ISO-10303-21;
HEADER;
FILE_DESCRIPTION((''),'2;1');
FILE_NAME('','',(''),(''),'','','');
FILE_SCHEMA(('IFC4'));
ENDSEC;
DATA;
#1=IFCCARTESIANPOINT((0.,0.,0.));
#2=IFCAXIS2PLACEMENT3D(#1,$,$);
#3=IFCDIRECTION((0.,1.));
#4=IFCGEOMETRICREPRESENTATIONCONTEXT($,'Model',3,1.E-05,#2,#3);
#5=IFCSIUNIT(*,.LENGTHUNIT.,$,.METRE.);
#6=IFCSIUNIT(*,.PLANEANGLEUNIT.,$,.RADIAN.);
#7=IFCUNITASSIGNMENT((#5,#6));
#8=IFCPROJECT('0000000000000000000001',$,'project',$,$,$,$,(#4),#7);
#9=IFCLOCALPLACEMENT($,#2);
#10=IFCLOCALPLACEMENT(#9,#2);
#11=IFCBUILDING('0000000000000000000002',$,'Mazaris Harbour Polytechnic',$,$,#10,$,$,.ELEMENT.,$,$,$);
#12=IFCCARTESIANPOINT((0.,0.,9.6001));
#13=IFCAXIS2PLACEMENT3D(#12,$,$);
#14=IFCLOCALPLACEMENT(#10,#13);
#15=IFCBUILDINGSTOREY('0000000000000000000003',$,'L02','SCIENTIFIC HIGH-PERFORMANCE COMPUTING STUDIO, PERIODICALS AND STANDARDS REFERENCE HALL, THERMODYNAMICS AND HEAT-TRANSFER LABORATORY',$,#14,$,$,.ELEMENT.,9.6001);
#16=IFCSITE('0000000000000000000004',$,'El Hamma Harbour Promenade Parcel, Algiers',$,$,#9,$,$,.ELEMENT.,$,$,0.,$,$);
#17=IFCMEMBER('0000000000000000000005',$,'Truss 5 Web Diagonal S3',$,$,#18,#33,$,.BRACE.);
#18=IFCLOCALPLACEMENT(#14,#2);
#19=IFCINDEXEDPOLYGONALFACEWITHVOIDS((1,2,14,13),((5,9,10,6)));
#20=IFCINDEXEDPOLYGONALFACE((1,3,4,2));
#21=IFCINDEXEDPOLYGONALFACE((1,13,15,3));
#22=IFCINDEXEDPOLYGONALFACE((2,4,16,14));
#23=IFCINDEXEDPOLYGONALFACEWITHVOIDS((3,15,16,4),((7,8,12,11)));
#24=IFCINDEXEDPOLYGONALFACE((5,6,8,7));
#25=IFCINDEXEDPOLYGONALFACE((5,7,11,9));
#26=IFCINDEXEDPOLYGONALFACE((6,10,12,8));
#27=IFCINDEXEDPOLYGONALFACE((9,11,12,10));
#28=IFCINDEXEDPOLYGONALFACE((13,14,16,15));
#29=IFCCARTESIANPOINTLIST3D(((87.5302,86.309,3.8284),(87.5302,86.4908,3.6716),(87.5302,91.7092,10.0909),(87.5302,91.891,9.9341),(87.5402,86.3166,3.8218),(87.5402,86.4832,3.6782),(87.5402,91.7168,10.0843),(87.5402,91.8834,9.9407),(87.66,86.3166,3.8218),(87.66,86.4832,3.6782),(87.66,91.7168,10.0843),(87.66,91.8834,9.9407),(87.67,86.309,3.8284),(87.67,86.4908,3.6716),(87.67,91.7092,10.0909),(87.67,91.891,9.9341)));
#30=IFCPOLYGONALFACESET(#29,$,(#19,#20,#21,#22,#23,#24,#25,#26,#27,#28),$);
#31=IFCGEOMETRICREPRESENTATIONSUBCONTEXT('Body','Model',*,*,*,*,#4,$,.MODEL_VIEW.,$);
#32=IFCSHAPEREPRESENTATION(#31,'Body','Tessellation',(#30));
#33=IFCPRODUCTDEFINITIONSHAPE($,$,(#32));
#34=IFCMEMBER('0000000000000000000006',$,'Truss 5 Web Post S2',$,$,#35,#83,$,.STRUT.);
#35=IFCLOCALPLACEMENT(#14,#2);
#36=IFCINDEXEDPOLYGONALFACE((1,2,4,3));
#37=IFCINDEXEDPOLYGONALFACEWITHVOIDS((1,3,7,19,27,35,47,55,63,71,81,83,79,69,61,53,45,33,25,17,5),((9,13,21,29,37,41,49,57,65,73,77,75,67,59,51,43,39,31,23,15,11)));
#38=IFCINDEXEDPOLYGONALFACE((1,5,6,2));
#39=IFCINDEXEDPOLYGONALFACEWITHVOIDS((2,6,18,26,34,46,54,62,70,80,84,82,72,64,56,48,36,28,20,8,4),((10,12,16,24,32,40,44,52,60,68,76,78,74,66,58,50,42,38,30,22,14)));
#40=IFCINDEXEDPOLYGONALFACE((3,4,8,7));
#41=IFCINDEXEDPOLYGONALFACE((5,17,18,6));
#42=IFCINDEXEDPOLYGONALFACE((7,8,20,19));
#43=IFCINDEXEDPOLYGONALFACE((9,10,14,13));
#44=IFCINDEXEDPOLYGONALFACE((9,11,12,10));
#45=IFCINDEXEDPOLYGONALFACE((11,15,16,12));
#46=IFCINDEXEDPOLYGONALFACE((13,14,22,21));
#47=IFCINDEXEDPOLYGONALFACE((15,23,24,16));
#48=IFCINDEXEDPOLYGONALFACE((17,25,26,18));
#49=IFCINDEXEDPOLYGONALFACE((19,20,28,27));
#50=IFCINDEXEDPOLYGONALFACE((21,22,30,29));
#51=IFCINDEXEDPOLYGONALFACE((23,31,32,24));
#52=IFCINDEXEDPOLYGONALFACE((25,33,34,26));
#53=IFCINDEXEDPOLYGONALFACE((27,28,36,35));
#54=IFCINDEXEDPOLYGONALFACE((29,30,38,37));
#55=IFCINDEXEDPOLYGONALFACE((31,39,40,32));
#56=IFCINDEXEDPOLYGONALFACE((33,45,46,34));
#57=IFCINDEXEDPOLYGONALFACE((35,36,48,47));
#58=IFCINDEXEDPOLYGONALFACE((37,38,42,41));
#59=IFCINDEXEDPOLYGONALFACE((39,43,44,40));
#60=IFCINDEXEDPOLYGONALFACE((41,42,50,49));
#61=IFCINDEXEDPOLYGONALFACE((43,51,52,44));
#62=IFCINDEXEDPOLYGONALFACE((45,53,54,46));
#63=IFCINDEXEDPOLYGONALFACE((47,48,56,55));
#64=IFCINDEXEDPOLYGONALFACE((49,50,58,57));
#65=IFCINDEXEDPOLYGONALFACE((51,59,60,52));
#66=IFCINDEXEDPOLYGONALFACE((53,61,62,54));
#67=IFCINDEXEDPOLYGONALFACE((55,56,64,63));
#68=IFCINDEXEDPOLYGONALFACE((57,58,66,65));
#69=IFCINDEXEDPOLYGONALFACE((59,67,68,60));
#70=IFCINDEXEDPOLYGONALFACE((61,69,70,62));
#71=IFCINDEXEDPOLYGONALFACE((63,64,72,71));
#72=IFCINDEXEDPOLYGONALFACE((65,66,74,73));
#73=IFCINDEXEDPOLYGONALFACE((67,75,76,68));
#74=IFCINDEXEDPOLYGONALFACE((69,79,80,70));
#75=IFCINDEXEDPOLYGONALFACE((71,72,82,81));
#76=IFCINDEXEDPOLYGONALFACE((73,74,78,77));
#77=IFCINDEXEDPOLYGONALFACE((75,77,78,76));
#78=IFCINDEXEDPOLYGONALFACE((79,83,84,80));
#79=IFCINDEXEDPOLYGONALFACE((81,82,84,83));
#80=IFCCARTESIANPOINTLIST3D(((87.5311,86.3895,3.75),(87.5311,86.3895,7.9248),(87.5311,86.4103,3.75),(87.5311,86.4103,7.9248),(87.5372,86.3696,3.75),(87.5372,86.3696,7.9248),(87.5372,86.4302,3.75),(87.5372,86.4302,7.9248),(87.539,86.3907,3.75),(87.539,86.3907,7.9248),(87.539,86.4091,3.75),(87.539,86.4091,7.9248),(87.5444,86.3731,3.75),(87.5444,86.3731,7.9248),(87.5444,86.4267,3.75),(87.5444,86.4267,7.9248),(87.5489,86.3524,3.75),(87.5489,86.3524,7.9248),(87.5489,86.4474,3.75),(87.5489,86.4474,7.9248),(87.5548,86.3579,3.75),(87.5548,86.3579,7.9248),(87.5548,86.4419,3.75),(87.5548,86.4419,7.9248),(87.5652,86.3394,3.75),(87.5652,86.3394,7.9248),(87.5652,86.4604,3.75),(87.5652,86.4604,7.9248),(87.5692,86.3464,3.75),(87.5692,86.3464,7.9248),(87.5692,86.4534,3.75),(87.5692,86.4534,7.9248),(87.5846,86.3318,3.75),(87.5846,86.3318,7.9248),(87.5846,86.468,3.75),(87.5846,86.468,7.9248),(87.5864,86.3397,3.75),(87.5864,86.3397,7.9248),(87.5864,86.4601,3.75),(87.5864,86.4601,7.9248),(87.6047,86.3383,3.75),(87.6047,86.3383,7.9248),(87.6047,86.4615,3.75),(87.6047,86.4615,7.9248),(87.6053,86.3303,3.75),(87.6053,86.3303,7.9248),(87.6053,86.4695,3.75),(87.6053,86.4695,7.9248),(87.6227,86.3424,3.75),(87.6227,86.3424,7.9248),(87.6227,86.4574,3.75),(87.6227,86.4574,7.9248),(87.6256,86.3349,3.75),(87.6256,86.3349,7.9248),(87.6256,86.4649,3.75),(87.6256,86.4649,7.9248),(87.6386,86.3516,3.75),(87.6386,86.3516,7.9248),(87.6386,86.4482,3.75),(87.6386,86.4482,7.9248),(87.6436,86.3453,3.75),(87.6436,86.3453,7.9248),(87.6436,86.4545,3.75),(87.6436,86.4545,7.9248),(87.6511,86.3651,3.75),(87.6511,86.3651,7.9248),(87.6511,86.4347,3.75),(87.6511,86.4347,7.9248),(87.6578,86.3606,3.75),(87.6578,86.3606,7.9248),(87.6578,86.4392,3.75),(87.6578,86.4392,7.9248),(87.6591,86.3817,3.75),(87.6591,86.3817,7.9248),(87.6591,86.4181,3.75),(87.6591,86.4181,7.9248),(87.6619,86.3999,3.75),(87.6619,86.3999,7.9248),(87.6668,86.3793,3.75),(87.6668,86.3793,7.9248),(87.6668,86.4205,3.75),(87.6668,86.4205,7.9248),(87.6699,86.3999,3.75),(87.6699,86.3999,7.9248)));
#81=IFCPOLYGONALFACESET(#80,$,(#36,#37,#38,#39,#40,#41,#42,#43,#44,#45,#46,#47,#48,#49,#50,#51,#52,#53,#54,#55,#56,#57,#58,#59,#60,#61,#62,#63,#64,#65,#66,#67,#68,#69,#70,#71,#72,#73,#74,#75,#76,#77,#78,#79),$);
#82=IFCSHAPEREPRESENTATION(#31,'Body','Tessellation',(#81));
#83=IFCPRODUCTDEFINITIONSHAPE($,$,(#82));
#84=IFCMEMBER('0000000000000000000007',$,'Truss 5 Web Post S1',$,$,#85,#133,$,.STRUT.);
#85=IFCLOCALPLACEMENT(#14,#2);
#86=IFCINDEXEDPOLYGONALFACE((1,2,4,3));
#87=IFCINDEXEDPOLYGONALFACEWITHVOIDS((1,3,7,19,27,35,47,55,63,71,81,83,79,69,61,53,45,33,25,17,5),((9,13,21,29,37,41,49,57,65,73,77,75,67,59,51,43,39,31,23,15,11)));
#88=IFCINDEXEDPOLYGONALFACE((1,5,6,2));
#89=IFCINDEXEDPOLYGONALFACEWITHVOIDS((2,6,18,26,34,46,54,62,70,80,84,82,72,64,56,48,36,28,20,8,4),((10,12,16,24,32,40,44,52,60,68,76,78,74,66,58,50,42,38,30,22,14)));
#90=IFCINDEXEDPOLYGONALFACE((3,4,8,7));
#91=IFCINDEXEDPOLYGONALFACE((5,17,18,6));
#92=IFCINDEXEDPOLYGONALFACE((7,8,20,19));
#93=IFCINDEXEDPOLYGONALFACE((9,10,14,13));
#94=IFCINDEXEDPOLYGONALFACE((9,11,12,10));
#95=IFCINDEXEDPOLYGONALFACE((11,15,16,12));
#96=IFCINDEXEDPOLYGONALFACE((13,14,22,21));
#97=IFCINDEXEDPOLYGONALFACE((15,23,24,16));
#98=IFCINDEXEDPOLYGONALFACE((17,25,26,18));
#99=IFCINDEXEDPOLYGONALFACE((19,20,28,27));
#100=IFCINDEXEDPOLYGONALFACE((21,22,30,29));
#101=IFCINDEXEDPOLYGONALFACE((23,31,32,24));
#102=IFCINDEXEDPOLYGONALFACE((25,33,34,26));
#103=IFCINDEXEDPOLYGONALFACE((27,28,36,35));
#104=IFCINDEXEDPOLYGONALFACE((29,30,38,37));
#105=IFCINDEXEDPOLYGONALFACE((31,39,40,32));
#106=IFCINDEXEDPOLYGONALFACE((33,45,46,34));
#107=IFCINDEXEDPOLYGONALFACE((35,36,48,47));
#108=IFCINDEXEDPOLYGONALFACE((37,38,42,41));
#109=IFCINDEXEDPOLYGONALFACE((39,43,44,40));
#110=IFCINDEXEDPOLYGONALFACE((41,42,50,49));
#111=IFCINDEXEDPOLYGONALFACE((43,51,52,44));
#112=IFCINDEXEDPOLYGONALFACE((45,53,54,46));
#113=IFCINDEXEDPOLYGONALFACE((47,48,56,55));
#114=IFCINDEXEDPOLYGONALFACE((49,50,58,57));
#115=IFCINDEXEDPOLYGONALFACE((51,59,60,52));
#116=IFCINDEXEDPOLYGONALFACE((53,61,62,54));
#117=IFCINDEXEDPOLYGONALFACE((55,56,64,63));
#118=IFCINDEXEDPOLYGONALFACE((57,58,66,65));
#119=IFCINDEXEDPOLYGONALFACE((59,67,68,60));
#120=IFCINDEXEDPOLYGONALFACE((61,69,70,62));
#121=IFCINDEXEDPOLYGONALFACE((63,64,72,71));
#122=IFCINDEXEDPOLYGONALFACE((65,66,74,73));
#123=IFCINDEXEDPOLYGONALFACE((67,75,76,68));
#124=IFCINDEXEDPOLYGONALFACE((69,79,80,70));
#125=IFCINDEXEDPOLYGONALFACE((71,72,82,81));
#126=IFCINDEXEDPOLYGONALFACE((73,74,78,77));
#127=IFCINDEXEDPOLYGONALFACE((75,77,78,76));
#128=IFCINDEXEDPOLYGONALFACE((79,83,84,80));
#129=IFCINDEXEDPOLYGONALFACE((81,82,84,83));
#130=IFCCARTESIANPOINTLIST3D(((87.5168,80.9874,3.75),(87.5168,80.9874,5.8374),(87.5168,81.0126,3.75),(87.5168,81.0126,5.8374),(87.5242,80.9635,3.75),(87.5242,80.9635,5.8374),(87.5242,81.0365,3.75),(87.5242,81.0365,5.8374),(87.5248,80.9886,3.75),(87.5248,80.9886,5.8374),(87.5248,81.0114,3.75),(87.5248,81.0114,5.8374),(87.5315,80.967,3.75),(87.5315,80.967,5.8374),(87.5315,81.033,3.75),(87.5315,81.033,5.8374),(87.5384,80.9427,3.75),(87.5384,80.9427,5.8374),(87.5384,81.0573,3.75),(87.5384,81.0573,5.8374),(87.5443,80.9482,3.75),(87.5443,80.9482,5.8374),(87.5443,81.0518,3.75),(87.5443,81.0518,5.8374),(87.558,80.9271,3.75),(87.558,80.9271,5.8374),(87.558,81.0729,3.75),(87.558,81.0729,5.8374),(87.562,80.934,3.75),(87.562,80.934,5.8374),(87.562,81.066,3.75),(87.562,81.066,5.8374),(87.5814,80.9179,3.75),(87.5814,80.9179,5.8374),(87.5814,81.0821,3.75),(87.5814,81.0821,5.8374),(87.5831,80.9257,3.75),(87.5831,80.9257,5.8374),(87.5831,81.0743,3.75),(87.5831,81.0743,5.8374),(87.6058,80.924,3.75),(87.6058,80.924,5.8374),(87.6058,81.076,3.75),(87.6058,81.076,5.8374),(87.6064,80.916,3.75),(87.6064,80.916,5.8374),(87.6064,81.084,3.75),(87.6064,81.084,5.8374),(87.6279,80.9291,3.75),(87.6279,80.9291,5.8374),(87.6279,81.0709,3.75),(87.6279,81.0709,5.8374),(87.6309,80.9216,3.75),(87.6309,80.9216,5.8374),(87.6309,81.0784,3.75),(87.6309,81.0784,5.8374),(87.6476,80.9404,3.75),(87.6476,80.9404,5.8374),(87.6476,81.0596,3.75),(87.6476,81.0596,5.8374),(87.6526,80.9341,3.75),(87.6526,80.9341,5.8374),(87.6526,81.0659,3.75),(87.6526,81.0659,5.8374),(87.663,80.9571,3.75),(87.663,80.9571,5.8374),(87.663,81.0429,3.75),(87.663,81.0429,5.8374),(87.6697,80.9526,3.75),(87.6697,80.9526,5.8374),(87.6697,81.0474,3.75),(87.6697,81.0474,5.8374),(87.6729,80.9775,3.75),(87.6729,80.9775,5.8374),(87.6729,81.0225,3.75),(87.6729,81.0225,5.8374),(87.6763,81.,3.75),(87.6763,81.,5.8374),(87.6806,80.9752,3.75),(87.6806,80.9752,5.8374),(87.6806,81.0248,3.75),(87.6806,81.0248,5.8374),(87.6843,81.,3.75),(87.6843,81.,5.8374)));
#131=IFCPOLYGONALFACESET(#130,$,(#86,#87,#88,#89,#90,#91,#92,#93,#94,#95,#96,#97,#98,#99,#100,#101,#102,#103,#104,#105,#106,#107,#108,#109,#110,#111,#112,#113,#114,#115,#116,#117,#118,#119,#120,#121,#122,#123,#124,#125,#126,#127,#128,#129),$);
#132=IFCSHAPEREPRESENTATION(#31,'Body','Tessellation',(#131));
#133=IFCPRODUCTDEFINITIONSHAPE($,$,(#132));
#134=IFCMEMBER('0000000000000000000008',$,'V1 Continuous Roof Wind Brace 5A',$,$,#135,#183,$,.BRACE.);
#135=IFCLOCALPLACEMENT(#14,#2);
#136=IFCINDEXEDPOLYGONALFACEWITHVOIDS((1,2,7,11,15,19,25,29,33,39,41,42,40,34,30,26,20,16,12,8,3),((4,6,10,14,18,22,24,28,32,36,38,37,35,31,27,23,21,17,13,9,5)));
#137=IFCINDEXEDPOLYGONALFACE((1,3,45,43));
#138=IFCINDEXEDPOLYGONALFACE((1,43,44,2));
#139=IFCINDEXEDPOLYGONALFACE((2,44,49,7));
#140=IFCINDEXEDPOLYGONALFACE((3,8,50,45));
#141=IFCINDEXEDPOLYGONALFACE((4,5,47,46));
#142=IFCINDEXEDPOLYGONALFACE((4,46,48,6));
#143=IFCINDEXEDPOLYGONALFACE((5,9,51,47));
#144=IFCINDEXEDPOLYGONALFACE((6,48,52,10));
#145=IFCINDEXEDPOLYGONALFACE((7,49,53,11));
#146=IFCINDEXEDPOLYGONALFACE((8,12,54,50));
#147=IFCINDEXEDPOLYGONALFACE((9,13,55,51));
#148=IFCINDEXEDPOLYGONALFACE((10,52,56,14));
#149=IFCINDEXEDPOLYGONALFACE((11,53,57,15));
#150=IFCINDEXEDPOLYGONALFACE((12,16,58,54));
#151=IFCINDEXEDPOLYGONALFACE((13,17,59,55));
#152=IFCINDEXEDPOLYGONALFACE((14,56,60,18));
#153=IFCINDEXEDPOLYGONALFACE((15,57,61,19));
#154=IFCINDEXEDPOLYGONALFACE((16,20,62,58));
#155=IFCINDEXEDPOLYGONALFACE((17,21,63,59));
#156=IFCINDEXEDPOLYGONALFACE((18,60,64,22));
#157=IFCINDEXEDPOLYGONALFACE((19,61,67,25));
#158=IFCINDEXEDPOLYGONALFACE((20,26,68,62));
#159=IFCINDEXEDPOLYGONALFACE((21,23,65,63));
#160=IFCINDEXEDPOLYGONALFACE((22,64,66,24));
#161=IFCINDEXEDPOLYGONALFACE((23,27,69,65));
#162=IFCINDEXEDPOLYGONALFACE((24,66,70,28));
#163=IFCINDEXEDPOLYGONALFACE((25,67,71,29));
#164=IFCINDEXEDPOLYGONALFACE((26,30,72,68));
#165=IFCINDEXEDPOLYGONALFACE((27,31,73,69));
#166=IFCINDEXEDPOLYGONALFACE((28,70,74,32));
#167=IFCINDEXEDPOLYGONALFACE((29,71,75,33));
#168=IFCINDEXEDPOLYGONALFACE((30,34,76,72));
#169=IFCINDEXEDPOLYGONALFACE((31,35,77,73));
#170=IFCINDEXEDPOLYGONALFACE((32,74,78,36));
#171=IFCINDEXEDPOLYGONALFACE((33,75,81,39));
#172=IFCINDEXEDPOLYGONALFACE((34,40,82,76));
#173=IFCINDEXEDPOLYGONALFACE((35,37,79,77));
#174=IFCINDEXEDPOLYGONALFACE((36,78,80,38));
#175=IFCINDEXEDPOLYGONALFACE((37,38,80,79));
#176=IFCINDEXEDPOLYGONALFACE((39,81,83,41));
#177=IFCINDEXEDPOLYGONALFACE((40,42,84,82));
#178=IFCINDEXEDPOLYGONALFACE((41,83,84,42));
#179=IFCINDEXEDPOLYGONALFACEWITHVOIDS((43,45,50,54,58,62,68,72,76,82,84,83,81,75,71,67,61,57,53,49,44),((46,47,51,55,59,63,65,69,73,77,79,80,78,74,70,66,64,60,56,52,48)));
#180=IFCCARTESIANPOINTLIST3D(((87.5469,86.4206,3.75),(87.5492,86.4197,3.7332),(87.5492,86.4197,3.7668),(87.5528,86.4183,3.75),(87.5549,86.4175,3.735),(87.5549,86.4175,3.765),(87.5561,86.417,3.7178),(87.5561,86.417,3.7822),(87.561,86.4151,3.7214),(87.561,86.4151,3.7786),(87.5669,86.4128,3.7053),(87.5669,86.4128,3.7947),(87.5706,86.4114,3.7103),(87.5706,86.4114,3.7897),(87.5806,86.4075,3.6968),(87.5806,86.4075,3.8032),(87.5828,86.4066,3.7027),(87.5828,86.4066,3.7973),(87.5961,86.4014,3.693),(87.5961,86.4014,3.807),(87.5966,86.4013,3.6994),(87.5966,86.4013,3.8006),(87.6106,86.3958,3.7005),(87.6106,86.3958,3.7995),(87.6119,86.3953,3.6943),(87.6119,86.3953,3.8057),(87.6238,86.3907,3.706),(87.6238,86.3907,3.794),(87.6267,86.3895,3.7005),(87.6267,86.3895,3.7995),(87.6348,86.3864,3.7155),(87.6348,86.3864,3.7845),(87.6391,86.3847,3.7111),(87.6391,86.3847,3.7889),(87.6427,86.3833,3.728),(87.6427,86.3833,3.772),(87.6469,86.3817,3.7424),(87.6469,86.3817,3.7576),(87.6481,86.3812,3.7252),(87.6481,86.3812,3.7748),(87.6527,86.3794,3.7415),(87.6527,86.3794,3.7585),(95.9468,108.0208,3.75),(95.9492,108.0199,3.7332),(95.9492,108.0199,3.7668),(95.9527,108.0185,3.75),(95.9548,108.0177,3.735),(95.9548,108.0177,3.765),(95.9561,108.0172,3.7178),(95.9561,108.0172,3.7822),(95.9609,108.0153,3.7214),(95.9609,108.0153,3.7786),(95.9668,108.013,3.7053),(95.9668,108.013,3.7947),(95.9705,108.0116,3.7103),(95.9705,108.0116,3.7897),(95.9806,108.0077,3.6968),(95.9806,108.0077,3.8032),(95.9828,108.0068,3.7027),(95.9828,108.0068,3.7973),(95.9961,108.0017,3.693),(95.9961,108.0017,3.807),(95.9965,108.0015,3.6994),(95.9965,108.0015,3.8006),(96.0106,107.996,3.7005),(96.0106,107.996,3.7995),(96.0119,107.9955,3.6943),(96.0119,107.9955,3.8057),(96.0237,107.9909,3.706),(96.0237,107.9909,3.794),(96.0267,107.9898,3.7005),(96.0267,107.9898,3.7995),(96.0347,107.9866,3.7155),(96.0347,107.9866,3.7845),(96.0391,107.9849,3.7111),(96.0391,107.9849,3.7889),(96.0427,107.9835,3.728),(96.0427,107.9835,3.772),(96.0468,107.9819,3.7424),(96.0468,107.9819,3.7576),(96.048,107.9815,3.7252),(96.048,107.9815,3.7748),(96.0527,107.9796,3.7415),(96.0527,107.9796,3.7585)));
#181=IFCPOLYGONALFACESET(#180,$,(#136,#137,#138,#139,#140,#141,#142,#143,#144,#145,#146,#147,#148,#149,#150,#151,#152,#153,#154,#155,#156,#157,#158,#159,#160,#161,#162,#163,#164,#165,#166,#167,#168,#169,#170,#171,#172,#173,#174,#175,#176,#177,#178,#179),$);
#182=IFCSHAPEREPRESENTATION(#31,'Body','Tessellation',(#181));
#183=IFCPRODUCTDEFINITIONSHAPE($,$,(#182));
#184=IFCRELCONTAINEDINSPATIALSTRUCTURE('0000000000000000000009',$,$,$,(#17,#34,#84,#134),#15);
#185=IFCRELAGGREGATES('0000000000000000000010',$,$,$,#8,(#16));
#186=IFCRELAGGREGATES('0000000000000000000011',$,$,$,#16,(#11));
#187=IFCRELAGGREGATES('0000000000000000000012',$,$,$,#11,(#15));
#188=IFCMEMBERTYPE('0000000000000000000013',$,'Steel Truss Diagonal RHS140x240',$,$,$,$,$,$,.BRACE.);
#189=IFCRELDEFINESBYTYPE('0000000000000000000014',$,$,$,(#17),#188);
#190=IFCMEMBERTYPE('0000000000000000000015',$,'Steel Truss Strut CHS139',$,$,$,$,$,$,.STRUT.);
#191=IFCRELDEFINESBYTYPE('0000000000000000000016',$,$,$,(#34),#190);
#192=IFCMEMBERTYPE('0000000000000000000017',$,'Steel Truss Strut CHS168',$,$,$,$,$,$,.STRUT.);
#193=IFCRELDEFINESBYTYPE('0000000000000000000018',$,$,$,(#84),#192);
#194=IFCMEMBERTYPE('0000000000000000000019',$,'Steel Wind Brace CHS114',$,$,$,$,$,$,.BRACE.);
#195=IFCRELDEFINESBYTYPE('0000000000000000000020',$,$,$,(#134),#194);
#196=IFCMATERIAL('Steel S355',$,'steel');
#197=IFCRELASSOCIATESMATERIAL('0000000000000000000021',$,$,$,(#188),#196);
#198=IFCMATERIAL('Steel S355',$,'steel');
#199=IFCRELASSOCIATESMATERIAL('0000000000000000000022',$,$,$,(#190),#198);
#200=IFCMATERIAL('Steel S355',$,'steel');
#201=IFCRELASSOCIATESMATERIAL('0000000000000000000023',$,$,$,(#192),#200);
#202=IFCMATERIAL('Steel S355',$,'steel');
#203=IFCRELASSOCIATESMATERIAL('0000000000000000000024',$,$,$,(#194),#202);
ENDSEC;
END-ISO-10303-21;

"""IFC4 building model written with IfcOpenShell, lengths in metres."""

from ifc_helpers import new_model, si_unit, direction, frame, origin, origin_2d, place, context, subcontext, project, spatial, hollow_rectangle, hollow_circle, extrude, material, material_profile, profile_set, type_object, element, save


model = new_model("IFC4")

# Units and contexts
model_context = context("Model", 3, precision=1e-05, world=origin(), true_north=direction((0.0, 1.0)))
body_context = subcontext(model_context, "Body", "Model", "MODEL_VIEW")
ifc_project = project(units=[si_unit("LENGTHUNIT", "METRE"), si_unit("PLANEANGLEUNIT", "RADIAN")], contexts=[model_context])

# Site, building, storey
site_placement = place(None, origin())
site = spatial("IfcSite", under=ifc_project, at=site_placement, Name="El Hamma Harbour Promenade Parcel, Algiers", CompositionType="ELEMENT", RefElevation=0.0)
building_placement = place(site_placement, origin())
building = spatial("IfcBuilding", under=site, at=building_placement, Name="Mazaris Harbour Polytechnic", CompositionType="ELEMENT")
storey_placement = place(building_placement, frame((0.0, 0.0, 9.6001)))
storey = spatial("IfcBuildingStorey", under=building, at=storey_placement, Name="L02", Description="SCIENTIFIC HIGH-PERFORMANCE COMPUTING STUDIO, PERIODICALS AND STANDARDS REFERENCE HALL, THERMODYNAMICS AND HEAT-TRANSFER LABORATORY", CompositionType="ELEMENT", Elevation=9.6001)

# Members
ifc_material_1 = material(Name="Steel S355", Category="steel")
ifc_material_profile_1 = material_profile(ifc_material_1, hollow_rectangle(XDim=0.1399, YDim=0.24, WallThickness=0.01, at=origin_2d()), Name="RHS 140x240x10.0")
ifc_profile_set_1 = profile_set([ifc_material_profile_1], Name="Steel S355")
member_type_1 = type_object("IfcMemberType", Name="Steel Truss Diagonal RHS140x240", PredefinedType="BRACE", material=ifc_profile_set_1)
member_1_placement = place(storey_placement, frame((87.6001, 86.3999, 3.75), z_axis=(0.0, 0.653042, 0.757321), x_axis=(-1.0, 0.0, 0.0)))
element("IfcMember", 1, at=member_1_placement, inside=storey, type_object=member_type_1, Name="Truss 5 Web Diagonal S3", PredefinedType="BRACE", context=body_context, shape_type="SweptSolid", body=[
    extrude(hollow_rectangle(XDim=0.1399, YDim=0.24, WallThickness=0.01, at=origin_2d()), origin(), (0.0, 0.0, 1.0), 8.2693),
])
ifc_material_2 = material(Name="Steel S355", Category="steel")
ifc_material_profile_2 = material_profile(ifc_material_2, hollow_circle(Radius=0.0698, WallThickness=0.0081, at=origin_2d()), Name="CHS 139.7x8.0")
ifc_profile_set_2 = profile_set([ifc_material_profile_2], Name="Steel S355")
member_type_2 = type_object("IfcMemberType", Name="Steel Truss Strut CHS139", PredefinedType="STRUT", material=ifc_profile_set_2)
member_2_placement = place(storey_placement, frame((87.6001, 86.3999, 3.75), z_axis=(0.0, 0.0, 1.0), x_axis=(1.0, 0.0, 0.0)))
element("IfcMember", 2, at=member_2_placement, inside=storey, type_object=member_type_2, Name="Truss 5 Web Post S2", PredefinedType="STRUT", context=body_context, shape_type="SweptSolid", body=[
    extrude(hollow_circle(Radius=0.0698, WallThickness=0.0081, at=origin_2d()), origin(), (0.0, 0.0, 1.0), 4.1748),
])
ifc_material_3 = material(Name="Steel S355", Category="steel")
ifc_material_profile_3 = material_profile(ifc_material_3, hollow_circle(Radius=0.0842, WallThickness=0.0081, at=origin_2d()), Name="CHS 168.3x8.0")
ifc_profile_set_3 = profile_set([ifc_material_profile_3], Name="Steel S355")
member_type_3 = type_object("IfcMemberType", Name="Steel Truss Strut CHS168", PredefinedType="STRUT", material=ifc_profile_set_3)
member_3_placement = place(storey_placement, frame((87.6001, 81.0, 3.75), z_axis=(0.0, 0.0, 1.0), x_axis=(1.0, 0.0, 0.0)))
element("IfcMember", 3, at=member_3_placement, inside=storey, type_object=member_type_3, Name="Truss 5 Web Post S1", PredefinedType="STRUT", context=body_context, shape_type="SweptSolid", body=[
    extrude(hollow_circle(Radius=0.0842, WallThickness=0.0081, at=origin_2d()), origin(), (0.0, 0.0, 1.0), 2.0874),
])
ifc_material_4 = material(Name="Steel S355", Category="steel")
ifc_material_profile_4 = material_profile(ifc_material_4, hollow_circle(Radius=0.0571, WallThickness=0.0063, at=origin_2d()), Name="CHS 114.3x6.3")
ifc_profile_set_4 = profile_set([ifc_material_profile_4], Name="Steel S355")
member_type_4 = type_object("IfcMemberType", Name="Steel Wind Brace CHS114", PredefinedType="BRACE", material=ifc_profile_set_4)
member_4_placement = place(storey_placement, frame((87.6001, 86.3999, 3.75), z_axis=(0.362441, 0.932007, 0.0), x_axis=(-0.932007, 0.362441, 0.0)))
element("IfcMember", 4, at=member_4_placement, inside=storey, type_object=member_type_4, Name="V1 Continuous Roof Wind Brace 5A", PredefinedType="BRACE", context=body_context, shape_type="SweptSolid", body=[
    extrude(hollow_circle(Radius=0.0571, WallThickness=0.0063, at=origin_2d()), origin(), (0.0, 0.0, 1.0), 23.176),
])

save(model, "model.ifc")
